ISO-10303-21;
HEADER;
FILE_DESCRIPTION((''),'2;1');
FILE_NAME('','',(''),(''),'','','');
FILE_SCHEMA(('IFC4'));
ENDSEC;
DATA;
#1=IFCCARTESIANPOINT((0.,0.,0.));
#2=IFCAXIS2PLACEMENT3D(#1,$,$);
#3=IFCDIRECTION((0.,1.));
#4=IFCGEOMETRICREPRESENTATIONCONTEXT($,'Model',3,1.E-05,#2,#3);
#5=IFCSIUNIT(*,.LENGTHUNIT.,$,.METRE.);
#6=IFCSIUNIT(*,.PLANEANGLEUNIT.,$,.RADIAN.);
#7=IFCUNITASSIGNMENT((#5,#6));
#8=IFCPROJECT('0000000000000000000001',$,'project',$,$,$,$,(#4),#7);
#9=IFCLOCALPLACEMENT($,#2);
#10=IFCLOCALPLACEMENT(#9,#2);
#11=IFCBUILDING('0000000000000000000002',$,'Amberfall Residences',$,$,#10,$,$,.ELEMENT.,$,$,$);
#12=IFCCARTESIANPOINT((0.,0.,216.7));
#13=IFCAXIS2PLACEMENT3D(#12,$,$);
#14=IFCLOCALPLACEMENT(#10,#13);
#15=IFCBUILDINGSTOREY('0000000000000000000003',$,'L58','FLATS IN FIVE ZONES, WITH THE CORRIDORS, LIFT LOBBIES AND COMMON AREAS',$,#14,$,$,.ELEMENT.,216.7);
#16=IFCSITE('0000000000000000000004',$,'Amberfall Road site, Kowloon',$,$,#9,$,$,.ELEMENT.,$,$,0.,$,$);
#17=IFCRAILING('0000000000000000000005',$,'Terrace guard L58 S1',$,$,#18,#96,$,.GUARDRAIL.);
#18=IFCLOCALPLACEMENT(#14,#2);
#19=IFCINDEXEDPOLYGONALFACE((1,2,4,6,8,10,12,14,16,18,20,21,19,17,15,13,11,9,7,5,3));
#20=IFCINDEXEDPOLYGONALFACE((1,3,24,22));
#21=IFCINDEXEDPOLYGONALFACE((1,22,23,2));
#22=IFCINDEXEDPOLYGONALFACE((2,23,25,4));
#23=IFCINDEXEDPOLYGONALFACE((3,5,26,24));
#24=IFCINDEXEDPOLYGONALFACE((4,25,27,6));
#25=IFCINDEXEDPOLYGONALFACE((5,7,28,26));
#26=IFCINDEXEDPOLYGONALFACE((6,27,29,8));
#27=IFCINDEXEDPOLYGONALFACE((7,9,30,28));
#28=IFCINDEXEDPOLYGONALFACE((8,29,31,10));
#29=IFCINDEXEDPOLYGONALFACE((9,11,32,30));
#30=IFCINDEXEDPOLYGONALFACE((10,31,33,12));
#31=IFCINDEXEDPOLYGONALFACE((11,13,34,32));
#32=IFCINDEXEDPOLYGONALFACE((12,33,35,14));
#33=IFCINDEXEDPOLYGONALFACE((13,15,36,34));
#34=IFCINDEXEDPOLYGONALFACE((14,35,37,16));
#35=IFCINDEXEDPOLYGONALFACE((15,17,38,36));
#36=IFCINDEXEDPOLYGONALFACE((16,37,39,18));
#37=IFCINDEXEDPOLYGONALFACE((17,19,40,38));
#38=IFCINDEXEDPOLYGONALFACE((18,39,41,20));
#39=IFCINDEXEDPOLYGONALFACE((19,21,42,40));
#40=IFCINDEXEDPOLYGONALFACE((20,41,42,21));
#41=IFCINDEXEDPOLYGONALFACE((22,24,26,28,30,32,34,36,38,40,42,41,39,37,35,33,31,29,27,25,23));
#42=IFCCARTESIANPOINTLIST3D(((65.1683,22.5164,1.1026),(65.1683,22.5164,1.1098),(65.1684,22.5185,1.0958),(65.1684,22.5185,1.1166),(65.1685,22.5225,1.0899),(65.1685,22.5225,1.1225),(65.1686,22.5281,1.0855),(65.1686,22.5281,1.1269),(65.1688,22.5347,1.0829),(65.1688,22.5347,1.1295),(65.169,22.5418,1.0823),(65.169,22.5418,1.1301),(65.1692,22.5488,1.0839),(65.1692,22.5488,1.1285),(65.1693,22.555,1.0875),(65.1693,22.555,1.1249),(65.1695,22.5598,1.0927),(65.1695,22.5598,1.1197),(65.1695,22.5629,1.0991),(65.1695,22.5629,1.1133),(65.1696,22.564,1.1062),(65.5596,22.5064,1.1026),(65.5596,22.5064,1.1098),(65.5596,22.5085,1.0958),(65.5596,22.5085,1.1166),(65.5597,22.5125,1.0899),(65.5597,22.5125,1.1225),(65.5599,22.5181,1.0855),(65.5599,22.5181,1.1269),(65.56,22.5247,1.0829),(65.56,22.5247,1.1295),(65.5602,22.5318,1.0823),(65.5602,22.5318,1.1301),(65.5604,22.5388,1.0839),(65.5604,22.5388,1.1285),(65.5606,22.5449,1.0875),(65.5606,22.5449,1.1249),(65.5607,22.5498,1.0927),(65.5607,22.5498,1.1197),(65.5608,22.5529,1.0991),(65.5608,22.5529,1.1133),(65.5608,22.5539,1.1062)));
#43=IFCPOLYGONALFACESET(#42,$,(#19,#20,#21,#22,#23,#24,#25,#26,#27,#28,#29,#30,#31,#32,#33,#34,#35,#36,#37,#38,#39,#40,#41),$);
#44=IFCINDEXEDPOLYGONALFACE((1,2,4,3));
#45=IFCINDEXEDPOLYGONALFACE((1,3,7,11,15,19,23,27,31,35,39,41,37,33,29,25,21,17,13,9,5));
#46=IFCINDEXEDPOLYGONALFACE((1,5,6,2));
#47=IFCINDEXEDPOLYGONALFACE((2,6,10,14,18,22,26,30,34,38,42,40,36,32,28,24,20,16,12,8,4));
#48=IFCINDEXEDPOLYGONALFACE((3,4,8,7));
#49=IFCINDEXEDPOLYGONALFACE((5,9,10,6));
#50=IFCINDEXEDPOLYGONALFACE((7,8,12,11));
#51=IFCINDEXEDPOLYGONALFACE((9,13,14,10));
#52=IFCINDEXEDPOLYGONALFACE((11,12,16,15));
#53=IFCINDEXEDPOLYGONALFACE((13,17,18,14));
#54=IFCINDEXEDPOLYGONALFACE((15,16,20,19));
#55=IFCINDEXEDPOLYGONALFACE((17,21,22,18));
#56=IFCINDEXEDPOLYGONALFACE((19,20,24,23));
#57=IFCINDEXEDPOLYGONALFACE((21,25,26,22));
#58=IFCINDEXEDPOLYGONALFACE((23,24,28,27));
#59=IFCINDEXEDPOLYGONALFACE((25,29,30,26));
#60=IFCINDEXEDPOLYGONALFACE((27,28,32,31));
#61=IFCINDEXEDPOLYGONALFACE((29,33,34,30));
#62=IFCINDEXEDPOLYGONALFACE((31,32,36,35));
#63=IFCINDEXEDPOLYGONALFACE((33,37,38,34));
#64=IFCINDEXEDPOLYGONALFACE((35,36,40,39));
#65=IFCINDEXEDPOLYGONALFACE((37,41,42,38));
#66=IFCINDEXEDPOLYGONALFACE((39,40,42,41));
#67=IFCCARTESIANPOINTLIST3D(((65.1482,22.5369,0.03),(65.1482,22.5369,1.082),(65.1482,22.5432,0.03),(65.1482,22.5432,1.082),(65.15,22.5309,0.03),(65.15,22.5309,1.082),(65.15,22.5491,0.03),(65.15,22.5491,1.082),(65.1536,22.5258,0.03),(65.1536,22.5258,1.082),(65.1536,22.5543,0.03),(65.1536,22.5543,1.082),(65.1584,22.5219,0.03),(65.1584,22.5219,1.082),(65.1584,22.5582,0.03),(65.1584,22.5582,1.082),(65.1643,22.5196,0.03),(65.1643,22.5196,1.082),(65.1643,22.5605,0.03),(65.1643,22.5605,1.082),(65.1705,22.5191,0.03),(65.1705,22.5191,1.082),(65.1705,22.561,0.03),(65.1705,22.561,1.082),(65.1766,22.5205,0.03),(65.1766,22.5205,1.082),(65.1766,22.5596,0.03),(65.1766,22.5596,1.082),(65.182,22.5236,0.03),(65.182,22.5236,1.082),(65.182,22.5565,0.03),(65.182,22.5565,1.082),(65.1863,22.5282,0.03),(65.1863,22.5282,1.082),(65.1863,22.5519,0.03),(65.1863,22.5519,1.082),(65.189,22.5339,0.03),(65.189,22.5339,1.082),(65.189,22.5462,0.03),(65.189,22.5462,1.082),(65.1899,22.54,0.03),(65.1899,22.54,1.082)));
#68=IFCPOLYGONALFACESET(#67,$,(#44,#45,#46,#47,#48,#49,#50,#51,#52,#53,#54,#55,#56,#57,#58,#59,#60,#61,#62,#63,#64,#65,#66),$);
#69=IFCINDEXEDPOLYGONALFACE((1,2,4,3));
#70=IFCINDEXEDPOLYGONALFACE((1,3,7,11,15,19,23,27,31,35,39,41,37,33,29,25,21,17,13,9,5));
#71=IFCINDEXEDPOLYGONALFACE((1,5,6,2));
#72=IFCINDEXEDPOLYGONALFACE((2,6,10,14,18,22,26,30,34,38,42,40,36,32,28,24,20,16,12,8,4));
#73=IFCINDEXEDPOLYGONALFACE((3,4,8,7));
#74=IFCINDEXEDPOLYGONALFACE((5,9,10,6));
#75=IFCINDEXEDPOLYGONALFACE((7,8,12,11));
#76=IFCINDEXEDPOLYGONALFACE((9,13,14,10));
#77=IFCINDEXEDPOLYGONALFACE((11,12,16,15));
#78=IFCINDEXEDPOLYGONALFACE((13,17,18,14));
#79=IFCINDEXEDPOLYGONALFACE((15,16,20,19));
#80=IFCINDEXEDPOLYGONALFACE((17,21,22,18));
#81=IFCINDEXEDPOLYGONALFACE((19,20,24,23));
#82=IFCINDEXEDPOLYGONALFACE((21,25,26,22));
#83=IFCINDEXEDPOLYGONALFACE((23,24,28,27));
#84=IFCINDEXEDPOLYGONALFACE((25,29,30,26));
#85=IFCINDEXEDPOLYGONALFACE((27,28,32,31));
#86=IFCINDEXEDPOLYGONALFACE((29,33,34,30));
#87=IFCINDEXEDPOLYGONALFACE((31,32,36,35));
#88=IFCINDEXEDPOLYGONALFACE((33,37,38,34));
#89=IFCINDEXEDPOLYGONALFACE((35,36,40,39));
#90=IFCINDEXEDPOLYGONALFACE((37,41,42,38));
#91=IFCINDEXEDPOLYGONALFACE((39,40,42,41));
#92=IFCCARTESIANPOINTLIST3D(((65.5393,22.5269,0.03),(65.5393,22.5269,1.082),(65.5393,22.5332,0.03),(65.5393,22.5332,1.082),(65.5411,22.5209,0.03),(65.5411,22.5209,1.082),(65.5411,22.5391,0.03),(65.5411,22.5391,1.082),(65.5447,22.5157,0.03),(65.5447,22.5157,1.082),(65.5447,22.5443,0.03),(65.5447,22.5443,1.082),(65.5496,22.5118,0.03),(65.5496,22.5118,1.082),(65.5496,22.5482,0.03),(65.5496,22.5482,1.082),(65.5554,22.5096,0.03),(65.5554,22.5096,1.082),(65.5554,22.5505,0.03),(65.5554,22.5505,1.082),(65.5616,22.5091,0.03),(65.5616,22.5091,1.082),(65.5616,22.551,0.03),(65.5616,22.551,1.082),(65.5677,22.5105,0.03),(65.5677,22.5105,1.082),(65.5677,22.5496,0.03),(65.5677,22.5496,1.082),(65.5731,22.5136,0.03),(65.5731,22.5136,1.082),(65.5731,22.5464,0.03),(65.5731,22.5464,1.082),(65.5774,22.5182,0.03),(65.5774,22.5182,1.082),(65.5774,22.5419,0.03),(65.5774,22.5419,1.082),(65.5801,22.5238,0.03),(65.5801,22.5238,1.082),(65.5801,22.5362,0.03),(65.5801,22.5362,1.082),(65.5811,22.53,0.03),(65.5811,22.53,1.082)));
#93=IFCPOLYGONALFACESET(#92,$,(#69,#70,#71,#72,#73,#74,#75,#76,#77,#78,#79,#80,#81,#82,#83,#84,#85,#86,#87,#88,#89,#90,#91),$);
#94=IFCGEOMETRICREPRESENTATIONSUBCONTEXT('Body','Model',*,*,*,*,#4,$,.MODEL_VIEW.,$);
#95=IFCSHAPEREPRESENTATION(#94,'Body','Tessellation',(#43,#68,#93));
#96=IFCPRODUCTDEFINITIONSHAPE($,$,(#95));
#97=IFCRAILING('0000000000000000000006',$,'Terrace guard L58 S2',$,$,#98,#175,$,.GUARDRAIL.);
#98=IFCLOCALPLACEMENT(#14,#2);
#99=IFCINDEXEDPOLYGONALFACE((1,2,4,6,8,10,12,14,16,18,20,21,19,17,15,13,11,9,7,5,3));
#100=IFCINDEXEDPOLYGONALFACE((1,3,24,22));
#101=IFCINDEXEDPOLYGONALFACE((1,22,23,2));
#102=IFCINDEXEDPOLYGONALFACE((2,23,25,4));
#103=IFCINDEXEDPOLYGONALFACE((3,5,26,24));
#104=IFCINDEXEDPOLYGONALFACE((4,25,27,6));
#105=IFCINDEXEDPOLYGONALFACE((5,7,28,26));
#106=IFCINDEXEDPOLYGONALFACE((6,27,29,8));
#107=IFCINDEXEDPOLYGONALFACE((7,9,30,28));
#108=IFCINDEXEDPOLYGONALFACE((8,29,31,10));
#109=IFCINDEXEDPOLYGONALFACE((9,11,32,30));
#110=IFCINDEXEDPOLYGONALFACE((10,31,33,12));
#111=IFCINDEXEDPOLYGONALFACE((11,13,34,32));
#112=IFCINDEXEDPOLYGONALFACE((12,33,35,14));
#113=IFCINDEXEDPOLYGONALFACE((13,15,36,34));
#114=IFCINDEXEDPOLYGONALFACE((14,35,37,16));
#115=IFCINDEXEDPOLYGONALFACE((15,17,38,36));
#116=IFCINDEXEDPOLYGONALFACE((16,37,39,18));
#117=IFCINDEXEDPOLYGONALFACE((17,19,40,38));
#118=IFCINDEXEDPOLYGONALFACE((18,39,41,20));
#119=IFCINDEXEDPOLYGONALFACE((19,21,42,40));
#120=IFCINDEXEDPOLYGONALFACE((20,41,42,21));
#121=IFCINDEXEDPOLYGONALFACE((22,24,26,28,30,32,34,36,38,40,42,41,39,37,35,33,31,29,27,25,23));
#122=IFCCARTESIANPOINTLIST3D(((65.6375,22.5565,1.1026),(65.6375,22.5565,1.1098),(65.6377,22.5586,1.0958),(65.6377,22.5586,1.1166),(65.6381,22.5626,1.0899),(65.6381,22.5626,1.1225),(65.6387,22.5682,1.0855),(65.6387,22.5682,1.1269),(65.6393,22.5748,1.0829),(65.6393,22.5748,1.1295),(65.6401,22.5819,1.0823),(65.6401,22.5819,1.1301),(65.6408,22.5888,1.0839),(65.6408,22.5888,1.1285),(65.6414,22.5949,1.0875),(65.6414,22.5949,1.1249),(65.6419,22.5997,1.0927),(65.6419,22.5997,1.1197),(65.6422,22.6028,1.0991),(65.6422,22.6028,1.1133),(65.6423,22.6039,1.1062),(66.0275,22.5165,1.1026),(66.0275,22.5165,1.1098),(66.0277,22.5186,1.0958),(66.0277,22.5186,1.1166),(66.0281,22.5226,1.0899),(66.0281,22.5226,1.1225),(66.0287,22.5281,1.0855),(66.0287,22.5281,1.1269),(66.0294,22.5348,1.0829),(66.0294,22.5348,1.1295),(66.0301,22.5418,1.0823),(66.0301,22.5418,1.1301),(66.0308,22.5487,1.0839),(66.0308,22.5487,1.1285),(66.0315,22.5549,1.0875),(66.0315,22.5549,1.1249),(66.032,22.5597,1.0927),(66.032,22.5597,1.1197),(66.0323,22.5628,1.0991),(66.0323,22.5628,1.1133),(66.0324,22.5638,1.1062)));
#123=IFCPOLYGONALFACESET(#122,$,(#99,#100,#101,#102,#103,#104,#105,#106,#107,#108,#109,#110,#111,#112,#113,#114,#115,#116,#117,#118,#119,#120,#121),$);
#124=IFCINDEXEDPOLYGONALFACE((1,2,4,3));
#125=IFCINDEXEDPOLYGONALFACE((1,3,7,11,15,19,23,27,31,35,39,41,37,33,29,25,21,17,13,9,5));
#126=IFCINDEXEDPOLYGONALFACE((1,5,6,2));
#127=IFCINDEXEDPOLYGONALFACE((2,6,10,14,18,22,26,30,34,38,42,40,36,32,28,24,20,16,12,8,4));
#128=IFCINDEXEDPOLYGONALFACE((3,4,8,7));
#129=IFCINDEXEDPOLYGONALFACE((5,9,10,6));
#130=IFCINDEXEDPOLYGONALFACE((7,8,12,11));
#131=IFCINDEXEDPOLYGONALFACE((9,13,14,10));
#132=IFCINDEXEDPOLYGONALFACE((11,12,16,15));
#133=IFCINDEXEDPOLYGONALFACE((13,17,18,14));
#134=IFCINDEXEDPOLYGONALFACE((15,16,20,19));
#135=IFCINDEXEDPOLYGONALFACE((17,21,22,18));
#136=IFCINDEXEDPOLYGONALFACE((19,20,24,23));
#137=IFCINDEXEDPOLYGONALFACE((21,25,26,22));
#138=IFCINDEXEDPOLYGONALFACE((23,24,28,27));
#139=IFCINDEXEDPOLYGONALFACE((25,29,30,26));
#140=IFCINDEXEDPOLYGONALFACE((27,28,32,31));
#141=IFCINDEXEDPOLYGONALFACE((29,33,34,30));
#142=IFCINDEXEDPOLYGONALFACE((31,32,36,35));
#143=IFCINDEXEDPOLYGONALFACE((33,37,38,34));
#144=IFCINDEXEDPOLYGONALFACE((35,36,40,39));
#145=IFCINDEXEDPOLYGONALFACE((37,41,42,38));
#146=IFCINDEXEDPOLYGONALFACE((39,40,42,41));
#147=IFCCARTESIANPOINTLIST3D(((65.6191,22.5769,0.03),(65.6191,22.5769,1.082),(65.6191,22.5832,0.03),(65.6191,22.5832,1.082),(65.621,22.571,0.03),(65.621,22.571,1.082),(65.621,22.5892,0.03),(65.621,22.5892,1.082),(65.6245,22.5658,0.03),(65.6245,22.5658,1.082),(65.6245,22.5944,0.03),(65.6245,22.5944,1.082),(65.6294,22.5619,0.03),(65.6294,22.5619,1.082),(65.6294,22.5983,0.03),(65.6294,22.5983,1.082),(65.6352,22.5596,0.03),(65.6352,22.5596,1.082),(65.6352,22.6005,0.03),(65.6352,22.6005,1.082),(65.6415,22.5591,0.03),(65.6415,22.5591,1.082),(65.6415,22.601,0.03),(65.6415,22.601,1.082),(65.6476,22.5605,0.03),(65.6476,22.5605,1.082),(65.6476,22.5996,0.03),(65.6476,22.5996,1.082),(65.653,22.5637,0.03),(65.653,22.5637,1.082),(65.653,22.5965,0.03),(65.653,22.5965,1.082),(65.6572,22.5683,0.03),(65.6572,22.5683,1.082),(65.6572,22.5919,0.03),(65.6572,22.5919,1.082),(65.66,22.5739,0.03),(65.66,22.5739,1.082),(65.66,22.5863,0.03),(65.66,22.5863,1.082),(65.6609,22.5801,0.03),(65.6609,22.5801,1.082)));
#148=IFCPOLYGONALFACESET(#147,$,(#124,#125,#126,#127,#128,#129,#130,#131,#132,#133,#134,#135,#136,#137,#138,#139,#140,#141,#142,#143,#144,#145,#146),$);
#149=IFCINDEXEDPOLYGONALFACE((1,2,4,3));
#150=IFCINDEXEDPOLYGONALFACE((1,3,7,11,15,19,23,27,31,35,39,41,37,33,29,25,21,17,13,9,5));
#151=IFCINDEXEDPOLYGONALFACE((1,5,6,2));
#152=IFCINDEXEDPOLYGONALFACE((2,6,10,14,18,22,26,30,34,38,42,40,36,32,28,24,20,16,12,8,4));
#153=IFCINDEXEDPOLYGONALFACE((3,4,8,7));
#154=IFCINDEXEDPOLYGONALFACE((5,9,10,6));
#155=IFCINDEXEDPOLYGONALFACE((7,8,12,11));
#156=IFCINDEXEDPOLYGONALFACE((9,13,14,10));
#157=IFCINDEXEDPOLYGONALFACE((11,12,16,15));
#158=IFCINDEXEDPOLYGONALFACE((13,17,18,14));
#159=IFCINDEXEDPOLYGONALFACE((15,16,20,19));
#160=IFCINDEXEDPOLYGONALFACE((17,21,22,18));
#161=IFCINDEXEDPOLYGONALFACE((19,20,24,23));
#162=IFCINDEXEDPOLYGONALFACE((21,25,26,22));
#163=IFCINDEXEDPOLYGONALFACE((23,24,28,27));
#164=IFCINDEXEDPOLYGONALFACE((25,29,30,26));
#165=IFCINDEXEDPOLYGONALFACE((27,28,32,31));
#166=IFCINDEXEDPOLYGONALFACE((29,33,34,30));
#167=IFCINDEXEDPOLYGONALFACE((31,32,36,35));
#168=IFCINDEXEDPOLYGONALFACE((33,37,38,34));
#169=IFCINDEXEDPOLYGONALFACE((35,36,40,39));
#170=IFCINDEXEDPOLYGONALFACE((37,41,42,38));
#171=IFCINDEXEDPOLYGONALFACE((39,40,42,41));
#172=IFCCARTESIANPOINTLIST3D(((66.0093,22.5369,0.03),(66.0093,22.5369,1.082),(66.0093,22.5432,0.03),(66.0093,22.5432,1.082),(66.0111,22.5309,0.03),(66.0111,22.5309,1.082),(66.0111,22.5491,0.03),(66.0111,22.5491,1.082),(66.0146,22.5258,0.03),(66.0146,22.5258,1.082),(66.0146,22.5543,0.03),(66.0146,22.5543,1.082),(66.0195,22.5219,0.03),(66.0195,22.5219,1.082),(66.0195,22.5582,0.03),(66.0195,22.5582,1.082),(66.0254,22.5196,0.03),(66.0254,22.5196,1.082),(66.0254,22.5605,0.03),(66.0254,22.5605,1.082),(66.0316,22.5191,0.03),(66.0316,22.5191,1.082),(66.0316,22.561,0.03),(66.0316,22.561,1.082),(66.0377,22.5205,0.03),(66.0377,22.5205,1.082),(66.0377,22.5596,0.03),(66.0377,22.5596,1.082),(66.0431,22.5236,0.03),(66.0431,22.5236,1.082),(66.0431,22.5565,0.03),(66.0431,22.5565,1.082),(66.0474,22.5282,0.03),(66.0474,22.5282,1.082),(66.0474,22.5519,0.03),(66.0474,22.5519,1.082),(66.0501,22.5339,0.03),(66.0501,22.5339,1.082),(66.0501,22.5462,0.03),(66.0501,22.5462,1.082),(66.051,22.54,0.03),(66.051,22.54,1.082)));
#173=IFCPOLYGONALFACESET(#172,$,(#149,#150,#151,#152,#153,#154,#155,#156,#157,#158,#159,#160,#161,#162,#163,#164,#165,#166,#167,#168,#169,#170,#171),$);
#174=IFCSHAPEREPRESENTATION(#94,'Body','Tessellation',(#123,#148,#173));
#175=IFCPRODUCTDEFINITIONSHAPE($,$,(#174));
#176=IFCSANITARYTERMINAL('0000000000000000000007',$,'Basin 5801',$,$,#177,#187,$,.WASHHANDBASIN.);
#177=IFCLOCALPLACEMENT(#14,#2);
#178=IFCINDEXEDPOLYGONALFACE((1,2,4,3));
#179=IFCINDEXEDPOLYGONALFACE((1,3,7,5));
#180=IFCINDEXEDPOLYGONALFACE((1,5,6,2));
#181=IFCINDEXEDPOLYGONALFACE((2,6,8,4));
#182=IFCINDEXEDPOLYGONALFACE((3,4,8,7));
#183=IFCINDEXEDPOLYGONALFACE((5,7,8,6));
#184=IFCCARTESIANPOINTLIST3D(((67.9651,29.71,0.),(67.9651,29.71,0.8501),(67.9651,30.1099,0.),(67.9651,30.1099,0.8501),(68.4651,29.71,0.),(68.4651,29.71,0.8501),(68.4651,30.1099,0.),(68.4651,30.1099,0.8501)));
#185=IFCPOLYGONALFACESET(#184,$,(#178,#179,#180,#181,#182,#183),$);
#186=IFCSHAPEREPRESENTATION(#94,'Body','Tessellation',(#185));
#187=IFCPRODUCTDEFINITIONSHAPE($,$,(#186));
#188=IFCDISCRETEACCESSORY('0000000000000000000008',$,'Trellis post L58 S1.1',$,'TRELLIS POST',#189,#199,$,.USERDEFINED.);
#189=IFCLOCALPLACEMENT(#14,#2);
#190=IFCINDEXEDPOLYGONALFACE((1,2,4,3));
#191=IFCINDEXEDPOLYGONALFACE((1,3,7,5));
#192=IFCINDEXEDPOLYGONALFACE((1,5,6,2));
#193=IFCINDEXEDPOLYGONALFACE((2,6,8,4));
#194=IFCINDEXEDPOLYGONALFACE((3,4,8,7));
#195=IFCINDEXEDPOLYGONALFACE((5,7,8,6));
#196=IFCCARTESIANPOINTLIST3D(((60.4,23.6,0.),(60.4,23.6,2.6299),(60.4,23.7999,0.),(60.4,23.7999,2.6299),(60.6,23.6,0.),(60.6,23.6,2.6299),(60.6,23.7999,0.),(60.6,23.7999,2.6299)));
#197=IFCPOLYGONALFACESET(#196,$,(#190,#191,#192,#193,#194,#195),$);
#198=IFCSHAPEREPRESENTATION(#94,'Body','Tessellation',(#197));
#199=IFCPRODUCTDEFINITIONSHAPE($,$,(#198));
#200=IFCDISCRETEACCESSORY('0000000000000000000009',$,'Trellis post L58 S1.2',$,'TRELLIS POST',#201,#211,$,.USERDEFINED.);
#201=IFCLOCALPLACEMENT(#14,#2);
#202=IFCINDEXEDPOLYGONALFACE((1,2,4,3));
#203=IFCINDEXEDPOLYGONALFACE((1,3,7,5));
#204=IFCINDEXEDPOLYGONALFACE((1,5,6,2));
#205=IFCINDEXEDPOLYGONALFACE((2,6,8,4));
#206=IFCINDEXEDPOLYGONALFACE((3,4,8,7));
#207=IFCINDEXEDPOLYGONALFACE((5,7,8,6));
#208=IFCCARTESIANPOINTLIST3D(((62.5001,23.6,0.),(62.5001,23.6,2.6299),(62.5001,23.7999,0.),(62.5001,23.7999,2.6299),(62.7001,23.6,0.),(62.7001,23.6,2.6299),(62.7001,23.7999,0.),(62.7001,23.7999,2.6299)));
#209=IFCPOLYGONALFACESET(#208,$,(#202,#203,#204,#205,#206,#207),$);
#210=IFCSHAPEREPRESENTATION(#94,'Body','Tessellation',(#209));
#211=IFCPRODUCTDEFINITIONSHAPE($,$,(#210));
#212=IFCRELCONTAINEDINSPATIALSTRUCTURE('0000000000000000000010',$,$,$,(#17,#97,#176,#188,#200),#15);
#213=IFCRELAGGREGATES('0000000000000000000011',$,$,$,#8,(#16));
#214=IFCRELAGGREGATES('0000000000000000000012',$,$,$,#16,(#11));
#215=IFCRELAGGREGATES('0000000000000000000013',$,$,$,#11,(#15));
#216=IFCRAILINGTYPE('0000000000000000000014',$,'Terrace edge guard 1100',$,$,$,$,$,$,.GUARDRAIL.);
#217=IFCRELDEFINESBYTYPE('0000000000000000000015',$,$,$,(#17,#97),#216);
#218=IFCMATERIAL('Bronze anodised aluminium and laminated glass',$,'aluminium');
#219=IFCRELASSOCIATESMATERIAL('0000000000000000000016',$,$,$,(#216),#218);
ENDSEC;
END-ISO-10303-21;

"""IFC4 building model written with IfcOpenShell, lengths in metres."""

from ifc_helpers import new_model, si_unit, direction, frame, origin, origin_2d, place, context, subcontext, project, spatial, rectangle, circle, extrude, material, type_object, element, save


model = new_model("IFC4")

# Units and contexts
model_context = context("Model", 3, precision=1e-05, world=origin(), true_north=direction((0.0, 1.0)))
body_context = subcontext(model_context, "Body", "Model", "MODEL_VIEW")
ifc_project = project(units=[si_unit("LENGTHUNIT", "METRE"), si_unit("PLANEANGLEUNIT", "RADIAN")], contexts=[model_context])

# Site, building, storey
site_placement = place(None, origin())
site = spatial("IfcSite", under=ifc_project, at=site_placement, Name="Amberfall Road site, Kowloon", CompositionType="ELEMENT", RefElevation=0.0)
building_placement = place(site_placement, origin())
building = spatial("IfcBuilding", under=site, at=building_placement, Name="Amberfall Residences", CompositionType="ELEMENT")
storey_placement = place(building_placement, frame((0.0, 0.0, 216.7)))
storey = spatial("IfcBuildingStorey", under=building, at=storey_placement, Name="L58", Description="FLATS IN FIVE ZONES, WITH THE CORRIDORS, LIFT LOBBIES AND COMMON AREAS", CompositionType="ELEMENT", Elevation=216.7)

# Railings
ifc_material_1 = material(Name="Bronze anodised aluminium and laminated glass", Category="aluminium")
railing_type = type_object("IfcRailingType", Name="Terrace edge guard 1100", PredefinedType="GUARDRAIL", material=ifc_material_1)
railing_1_placement = place(storey_placement, frame((65.1689, 22.54, 0.03)))
element("IfcRailing", 1, at=railing_1_placement, inside=storey, type_object=railing_type, Name="Terrace guard L58 S1", PredefinedType="GUARDRAIL", context=body_context, shape_type="SweptSolid", body=[
    extrude(circle(Radius=0.0239, at=origin_2d()), frame((0.0, 0.0, 1.0762), z_axis=(0.999673, -0.025585, 0.0), x_axis=(0.025585, 0.999673, 0.0)), (0.0, 0.0, 1.0), 0.3914),
    extrude(circle(Radius=0.021, at=origin_2d()), origin(), (0.0, 0.0, 1.0), 1.052),
    extrude(circle(Radius=0.021, at=origin_2d()), frame((0.3911, -0.01, 0.0)), (0.0, 0.0, 1.0), 1.052),
])
railing_2_placement = place(storey_placement, frame((65.6399, 22.5801, 0.03)))
element("IfcRailing", 2, at=railing_2_placement, inside=storey, type_object=railing_type, Name="Terrace guard L58 S2", PredefinedType="GUARDRAIL", context=body_context, shape_type="SweptSolid", body=[
    extrude(circle(Radius=0.0239, at=origin_2d()), frame((0.0, 0.0, 1.0762), z_axis=(0.994775, -0.102092, 0.0), x_axis=(0.102092, 0.994775, 0.0)), (0.0, 0.0, 1.0), 0.3921),
    extrude(circle(Radius=0.021, at=origin_2d()), origin(), (0.0, 0.0, 1.0), 1.052),
    extrude(circle(Radius=0.021, at=origin_2d()), frame((0.3901, -0.04, 0.0)), (0.0, 0.0, 1.0), 1.052),
])

# Sanitary terminal
sanitary_terminal_placement = place(storey_placement, frame((68.2151, 29.9099, 0.0), z_axis=(0.0, 0.0, 1.0), x_axis=(1.0, 0.0, 0.0)))
element("IfcSanitaryTerminal", 3, at=sanitary_terminal_placement, inside=storey, Name="Basin 5801", PredefinedType="WASHHANDBASIN", context=body_context, shape_type="SweptSolid", body=[
    extrude(rectangle(XDim=0.5, YDim=0.3999, at=origin_2d()), origin(), (0.0, 0.0, 1.0), 0.8501),
])

# Discrete accessories
for number, where, z_axis, x_axis, name in (
    (4, (60.5, 23.7, 0.0), (0.0, 0.0, 1.0), (1.0, 0.0, 0.0), "Trellis post L58 S1.1"),
    (5, (62.6001, 23.7, 0.0), (0.0, 0.0, 1.0), (1.0, 0.0, 0.0), "Trellis post L58 S1.2"),
):
    element("IfcDiscreteAccessory", number, at=place(storey_placement, frame(where, z_axis=z_axis, x_axis=x_axis)), inside=storey, Name=name, ObjectType="TRELLIS POST", PredefinedType="USERDEFINED", context=body_context, shape_type="SweptSolid", body=[
        extrude(rectangle(XDim=0.2, YDim=0.2, at=origin_2d()), origin(), (0.0, 0.0, 1.0), 2.6299),
    ])

save(model, "model.ifc")
